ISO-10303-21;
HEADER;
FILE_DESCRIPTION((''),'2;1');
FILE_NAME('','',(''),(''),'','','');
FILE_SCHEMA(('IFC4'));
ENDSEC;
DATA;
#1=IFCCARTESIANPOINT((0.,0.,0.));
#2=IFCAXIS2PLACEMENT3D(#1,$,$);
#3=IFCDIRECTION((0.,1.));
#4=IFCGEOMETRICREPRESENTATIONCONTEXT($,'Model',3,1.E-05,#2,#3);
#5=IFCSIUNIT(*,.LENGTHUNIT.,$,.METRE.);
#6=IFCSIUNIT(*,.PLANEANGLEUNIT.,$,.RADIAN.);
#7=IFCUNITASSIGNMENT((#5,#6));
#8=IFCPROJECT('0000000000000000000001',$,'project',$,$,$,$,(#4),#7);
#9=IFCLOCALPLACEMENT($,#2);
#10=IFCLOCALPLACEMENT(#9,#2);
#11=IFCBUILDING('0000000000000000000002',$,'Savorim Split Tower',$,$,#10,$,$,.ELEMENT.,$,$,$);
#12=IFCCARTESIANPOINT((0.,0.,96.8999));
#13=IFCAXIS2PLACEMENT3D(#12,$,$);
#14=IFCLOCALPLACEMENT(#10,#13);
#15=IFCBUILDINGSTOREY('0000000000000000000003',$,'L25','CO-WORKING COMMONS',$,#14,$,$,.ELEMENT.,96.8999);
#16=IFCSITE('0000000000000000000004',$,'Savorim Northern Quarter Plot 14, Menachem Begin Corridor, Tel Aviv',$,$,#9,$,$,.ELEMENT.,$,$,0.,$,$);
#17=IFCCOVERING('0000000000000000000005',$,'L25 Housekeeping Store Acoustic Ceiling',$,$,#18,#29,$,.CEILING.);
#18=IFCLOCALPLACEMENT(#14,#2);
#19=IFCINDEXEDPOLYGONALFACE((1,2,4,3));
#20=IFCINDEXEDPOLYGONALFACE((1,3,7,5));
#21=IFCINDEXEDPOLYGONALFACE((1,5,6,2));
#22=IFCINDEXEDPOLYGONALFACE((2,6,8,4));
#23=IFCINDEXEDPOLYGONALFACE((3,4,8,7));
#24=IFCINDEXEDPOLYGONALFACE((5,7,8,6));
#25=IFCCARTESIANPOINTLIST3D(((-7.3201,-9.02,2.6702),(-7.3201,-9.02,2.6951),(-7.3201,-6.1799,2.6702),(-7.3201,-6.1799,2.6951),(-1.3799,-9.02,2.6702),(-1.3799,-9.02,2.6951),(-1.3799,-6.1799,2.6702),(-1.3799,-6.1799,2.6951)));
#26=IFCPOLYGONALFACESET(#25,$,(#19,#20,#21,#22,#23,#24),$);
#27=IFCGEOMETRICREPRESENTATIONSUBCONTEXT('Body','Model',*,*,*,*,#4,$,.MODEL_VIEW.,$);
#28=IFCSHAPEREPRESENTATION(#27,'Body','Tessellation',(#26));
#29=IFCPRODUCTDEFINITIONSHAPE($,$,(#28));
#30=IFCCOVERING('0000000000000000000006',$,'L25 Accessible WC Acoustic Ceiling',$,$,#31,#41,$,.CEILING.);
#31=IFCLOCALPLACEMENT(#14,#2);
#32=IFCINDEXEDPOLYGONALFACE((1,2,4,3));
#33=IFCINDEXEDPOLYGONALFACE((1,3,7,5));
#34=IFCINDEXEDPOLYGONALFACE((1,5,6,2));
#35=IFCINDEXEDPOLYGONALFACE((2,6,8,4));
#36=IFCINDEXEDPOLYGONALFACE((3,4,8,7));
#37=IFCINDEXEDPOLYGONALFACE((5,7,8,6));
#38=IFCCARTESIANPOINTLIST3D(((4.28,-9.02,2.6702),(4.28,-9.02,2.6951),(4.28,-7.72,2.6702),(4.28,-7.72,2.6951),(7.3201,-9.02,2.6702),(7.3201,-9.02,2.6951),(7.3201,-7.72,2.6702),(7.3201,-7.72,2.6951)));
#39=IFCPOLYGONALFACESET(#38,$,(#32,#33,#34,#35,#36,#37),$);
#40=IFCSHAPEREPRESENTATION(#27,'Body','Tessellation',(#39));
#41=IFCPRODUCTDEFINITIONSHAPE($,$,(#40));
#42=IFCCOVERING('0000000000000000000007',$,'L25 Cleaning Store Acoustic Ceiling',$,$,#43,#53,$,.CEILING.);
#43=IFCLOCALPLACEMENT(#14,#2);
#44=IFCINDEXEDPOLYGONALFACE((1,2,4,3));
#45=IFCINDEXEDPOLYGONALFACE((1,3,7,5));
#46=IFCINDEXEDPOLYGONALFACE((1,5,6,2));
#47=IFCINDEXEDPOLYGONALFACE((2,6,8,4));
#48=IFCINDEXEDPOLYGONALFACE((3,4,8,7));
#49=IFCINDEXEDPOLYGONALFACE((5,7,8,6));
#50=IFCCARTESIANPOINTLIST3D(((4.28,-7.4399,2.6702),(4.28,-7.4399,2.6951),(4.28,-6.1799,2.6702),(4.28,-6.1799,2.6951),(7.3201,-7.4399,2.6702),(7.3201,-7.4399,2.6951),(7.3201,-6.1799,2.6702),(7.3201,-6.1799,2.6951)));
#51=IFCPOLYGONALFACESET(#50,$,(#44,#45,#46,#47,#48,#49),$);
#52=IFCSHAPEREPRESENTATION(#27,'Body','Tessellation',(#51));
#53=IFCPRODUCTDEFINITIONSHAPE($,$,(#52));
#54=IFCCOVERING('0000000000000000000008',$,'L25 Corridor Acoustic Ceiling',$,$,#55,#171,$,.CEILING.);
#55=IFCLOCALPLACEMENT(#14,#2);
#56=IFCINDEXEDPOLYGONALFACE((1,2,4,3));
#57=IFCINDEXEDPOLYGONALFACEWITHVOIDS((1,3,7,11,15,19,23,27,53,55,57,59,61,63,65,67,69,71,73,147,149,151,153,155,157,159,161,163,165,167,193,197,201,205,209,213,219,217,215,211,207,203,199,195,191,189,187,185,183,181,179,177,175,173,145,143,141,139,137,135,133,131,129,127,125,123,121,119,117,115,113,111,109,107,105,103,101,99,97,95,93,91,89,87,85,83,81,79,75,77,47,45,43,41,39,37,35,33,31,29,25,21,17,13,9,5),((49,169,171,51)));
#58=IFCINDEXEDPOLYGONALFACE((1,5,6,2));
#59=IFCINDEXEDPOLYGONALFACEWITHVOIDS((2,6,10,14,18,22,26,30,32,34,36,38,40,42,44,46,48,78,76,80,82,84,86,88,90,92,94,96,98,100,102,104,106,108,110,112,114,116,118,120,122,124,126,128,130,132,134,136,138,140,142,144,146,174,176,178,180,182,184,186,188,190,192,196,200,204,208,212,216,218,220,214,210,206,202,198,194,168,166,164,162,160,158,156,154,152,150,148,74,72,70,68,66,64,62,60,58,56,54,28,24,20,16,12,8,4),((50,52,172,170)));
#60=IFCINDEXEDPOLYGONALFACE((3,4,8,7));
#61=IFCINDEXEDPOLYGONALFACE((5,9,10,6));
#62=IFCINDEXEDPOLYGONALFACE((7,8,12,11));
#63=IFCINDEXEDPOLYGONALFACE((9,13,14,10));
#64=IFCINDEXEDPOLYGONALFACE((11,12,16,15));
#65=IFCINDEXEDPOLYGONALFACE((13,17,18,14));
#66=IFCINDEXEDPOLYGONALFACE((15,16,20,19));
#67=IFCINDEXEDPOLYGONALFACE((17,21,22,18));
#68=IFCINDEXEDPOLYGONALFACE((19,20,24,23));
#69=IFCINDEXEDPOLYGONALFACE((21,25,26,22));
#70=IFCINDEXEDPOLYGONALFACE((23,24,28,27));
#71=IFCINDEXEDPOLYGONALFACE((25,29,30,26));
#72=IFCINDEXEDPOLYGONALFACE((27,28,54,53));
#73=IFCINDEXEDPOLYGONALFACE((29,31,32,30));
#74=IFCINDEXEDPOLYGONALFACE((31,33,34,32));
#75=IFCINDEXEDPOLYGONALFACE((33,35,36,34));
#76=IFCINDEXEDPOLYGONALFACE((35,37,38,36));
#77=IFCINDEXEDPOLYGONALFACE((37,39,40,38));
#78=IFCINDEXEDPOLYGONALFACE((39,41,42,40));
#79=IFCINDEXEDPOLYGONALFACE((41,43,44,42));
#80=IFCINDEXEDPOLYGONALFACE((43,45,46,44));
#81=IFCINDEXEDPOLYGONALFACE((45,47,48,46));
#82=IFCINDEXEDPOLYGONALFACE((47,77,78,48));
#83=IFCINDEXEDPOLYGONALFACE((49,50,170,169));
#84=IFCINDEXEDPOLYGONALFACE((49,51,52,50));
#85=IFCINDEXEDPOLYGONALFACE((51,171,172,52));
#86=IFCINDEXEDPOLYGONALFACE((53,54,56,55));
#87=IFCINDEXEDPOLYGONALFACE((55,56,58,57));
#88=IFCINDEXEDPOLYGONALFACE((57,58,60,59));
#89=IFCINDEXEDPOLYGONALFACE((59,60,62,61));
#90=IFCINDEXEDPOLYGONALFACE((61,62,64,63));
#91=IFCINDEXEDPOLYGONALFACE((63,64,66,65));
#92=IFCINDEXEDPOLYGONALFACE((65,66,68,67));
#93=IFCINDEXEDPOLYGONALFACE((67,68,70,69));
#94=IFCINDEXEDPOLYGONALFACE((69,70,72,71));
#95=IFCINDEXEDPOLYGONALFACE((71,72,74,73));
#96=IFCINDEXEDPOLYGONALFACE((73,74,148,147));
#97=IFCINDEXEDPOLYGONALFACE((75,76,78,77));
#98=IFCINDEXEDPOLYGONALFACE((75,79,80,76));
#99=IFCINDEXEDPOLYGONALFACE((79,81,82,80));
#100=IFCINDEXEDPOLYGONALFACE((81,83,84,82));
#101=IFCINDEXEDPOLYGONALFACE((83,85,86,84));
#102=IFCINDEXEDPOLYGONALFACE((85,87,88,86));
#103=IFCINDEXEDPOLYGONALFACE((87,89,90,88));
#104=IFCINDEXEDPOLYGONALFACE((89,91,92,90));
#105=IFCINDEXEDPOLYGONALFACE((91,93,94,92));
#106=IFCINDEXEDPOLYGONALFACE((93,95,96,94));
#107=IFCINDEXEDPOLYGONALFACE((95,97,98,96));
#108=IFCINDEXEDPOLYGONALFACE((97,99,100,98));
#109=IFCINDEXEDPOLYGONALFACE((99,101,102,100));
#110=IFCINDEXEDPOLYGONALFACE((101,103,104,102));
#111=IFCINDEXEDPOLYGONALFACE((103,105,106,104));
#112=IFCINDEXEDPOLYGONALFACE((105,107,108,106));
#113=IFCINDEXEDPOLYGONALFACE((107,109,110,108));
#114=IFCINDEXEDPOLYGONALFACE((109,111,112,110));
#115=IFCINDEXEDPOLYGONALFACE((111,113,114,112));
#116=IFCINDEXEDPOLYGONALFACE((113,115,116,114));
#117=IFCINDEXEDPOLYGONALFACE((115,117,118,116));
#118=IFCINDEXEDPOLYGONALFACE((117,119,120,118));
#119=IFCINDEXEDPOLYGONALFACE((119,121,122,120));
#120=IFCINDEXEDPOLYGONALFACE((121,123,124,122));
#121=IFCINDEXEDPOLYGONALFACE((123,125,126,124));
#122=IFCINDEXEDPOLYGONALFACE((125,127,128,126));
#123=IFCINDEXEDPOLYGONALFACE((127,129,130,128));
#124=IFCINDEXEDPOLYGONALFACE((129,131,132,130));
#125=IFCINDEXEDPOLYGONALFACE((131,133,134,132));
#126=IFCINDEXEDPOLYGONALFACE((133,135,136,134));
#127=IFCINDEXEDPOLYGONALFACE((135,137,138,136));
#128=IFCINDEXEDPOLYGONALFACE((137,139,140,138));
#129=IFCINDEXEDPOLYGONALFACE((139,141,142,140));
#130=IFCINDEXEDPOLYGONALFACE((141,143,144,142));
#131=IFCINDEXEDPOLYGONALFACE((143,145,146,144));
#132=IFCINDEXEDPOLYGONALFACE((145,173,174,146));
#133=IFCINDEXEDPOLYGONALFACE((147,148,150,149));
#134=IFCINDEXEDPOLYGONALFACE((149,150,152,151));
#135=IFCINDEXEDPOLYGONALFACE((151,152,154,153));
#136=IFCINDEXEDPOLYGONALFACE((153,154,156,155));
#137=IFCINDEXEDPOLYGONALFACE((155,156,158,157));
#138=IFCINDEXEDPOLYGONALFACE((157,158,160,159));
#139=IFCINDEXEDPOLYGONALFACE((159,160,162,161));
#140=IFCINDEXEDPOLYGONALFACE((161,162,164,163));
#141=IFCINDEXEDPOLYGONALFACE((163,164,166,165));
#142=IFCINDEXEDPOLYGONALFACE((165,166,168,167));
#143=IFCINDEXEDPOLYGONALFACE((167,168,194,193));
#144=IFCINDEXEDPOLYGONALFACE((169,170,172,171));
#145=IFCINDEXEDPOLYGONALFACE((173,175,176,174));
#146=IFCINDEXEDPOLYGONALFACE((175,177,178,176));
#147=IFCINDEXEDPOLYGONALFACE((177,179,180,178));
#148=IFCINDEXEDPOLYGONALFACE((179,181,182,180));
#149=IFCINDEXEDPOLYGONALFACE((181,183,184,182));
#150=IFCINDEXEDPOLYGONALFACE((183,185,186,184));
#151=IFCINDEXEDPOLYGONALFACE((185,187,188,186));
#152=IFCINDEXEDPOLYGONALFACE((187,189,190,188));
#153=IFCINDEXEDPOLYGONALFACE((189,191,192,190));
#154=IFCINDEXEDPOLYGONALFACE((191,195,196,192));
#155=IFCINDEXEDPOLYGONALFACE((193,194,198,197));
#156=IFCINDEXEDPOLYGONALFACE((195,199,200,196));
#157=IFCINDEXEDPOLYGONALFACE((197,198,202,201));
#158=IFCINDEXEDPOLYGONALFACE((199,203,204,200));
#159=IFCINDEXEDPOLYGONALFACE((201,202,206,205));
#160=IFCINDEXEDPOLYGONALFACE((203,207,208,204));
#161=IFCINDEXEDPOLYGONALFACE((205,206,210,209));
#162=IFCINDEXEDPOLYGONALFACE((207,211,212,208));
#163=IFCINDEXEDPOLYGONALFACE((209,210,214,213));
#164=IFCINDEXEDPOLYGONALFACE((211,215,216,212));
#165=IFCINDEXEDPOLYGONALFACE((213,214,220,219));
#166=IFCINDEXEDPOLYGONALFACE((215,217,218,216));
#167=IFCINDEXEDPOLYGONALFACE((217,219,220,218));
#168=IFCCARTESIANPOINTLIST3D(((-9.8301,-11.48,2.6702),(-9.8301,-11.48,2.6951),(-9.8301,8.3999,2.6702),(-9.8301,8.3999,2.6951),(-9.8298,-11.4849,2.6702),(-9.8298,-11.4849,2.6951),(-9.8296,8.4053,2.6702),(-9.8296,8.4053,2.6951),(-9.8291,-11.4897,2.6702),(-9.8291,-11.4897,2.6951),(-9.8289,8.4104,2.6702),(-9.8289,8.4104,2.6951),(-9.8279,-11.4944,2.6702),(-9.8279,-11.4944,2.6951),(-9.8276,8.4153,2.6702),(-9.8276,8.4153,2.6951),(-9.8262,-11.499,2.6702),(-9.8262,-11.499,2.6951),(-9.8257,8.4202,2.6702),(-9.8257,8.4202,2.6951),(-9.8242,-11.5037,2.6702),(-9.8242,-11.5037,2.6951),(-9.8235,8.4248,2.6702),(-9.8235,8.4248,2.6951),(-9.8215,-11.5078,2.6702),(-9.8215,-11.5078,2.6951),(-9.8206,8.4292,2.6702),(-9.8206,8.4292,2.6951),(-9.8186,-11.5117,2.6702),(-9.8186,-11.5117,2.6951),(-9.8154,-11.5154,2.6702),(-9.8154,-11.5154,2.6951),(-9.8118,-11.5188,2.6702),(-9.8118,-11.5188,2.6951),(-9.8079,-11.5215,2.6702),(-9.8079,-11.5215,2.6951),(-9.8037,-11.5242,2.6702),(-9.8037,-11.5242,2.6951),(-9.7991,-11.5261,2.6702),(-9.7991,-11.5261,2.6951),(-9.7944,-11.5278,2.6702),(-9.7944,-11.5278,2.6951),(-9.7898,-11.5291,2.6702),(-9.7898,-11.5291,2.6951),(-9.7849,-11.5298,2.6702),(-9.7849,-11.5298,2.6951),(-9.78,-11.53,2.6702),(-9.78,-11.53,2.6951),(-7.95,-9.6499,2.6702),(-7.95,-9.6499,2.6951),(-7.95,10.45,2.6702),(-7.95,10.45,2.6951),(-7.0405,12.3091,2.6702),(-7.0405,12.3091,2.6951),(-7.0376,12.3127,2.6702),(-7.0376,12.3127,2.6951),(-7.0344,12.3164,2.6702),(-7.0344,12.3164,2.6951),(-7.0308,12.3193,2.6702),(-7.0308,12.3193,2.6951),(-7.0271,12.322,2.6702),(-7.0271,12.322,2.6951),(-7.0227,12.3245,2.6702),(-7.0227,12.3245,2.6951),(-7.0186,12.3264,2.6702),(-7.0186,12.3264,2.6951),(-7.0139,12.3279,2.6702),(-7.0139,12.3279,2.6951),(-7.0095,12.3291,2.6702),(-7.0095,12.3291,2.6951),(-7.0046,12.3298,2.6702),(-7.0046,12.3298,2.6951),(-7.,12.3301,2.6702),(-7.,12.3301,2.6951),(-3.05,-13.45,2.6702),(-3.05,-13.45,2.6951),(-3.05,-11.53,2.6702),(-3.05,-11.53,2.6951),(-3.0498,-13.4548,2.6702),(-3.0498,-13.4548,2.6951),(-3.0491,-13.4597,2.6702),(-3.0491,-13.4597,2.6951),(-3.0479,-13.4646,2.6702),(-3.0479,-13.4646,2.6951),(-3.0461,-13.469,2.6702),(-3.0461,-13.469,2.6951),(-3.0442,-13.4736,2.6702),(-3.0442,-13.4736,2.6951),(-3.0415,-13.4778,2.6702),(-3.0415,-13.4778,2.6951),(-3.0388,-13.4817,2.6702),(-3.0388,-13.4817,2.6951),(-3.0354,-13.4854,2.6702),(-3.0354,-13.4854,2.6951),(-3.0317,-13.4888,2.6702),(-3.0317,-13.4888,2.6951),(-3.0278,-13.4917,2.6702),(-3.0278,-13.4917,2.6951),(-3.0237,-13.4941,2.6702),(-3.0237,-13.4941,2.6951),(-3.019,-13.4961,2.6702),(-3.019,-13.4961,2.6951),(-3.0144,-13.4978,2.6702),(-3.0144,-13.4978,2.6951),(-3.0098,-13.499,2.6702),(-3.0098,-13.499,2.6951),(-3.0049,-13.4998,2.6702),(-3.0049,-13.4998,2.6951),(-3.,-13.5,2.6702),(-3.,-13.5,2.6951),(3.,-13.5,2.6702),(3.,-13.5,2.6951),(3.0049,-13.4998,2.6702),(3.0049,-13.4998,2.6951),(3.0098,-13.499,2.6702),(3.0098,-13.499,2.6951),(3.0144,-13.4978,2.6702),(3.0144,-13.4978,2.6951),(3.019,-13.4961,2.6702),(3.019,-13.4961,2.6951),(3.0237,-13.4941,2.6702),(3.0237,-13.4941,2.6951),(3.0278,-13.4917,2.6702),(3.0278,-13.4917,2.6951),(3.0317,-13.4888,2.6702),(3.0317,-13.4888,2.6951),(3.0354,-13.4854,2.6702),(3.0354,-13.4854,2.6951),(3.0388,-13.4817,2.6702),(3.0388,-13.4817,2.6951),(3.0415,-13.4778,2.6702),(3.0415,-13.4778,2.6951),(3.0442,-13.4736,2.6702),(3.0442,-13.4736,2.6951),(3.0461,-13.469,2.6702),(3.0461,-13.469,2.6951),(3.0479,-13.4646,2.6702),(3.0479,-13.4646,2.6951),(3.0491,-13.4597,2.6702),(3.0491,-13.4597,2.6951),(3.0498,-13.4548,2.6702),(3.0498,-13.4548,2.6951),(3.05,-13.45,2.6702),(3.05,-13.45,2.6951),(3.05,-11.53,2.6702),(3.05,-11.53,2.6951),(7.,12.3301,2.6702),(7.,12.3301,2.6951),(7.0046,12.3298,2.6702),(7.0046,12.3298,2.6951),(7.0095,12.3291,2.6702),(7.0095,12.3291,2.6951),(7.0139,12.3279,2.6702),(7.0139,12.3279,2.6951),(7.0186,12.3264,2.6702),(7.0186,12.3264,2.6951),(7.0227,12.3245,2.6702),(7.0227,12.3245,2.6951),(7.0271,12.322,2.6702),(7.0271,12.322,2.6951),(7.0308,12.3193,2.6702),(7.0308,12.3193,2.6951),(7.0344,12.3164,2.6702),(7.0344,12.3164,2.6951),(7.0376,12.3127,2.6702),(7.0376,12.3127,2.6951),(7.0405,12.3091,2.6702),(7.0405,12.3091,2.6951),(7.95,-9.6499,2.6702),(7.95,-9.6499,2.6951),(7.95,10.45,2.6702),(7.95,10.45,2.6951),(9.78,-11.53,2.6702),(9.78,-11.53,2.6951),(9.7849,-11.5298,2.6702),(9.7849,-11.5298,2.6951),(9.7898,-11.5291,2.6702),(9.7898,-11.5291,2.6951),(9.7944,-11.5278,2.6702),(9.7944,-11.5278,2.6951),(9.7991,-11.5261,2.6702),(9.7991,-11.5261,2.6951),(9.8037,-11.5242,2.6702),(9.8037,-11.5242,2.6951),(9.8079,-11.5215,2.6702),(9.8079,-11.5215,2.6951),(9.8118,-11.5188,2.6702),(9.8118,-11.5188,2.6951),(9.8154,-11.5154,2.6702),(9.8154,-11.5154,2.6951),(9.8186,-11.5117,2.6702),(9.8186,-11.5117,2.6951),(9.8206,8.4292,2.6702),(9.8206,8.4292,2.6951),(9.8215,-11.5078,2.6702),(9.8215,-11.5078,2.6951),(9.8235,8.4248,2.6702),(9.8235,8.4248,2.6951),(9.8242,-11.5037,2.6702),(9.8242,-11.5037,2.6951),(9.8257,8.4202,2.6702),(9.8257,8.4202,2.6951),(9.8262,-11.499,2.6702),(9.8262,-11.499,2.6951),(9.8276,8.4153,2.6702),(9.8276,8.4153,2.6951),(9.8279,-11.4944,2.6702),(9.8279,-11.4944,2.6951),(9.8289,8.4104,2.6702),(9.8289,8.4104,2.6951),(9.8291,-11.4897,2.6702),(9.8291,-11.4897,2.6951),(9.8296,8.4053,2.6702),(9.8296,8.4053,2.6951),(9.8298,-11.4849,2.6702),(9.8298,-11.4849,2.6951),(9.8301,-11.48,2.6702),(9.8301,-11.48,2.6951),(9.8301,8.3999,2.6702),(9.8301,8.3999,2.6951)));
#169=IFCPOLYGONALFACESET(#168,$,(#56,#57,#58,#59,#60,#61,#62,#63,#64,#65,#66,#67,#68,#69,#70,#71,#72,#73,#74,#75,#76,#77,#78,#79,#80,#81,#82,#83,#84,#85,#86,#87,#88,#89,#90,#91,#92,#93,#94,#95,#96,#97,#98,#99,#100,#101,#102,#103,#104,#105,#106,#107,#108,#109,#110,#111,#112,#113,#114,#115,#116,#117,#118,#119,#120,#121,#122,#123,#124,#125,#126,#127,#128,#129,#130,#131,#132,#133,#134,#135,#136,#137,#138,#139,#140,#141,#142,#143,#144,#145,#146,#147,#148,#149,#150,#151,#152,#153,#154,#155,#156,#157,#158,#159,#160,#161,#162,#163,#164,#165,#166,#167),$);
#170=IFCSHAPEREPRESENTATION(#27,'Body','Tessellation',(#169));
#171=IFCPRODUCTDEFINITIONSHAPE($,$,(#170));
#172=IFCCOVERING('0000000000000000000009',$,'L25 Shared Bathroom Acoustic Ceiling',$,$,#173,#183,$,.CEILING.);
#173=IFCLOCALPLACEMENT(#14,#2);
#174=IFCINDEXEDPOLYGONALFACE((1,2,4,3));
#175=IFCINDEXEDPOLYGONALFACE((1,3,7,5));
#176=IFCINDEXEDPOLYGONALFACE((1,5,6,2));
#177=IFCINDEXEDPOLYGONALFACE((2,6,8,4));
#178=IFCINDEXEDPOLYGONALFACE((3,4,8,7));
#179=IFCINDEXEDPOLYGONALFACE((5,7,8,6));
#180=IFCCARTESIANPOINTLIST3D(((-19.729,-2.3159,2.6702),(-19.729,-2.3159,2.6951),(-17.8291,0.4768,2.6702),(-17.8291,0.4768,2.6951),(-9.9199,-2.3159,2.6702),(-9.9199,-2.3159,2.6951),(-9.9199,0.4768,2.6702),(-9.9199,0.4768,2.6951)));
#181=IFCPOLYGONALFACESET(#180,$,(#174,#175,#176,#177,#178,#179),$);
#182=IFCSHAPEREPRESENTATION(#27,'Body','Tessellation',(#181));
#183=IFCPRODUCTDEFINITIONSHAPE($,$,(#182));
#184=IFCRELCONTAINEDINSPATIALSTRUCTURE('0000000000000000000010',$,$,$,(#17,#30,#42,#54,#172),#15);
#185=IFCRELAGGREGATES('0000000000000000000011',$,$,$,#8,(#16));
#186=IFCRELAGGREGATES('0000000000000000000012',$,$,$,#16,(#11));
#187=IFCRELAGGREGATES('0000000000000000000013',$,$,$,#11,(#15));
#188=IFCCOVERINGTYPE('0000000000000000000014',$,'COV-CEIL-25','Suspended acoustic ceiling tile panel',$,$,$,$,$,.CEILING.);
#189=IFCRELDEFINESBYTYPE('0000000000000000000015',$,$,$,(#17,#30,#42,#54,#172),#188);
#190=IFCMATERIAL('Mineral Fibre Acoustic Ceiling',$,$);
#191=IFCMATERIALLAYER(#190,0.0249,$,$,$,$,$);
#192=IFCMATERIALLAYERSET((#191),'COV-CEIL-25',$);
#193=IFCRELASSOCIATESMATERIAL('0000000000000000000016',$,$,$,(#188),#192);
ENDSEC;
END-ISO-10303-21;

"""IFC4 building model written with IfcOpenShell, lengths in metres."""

from ifc_helpers import new_model, si_unit, direction, frame, origin, place, context, subcontext, project, spatial, polyline, outline, extrude, material, layer, layer_set, type_object, element, save


model = new_model("IFC4")

# Units and contexts
model_context = context("Model", 3, precision=1e-05, world=origin(), true_north=direction((0.0, 1.0)))
body_context = subcontext(model_context, "Body", "Model", "MODEL_VIEW")
ifc_project = project(units=[si_unit("LENGTHUNIT", "METRE"), si_unit("PLANEANGLEUNIT", "RADIAN")], contexts=[model_context])

# Site, building, storey
site_placement = place(None, origin())
site = spatial("IfcSite", under=ifc_project, at=site_placement, Name="Savorim Northern Quarter Plot 14, Menachem Begin Corridor, Tel Aviv", CompositionType="ELEMENT", RefElevation=0.0)
building_placement = place(site_placement, origin())
building = spatial("IfcBuilding", under=site, at=building_placement, Name="Savorim Split Tower", CompositionType="ELEMENT")
storey_placement = place(building_placement, frame((0.0, 0.0, 96.8999)))
storey = spatial("IfcBuildingStorey", under=building, at=storey_placement, Name="L25", Description="CO-WORKING COMMONS", CompositionType="ELEMENT", Elevation=96.8999)

# Coverings
ifc_material_1 = material(Name="Mineral Fibre Acoustic Ceiling")
ifc_layer_1 = layer(ifc_material_1, 0.0249)
ifc_layer_set_1 = layer_set([ifc_layer_1], Name="COV-CEIL-25")
covering_type_1 = type_object("IfcCoveringType", Name="COV-CEIL-25", Description="Suspended acoustic ceiling tile panel", PredefinedType="CEILING", material=ifc_layer_set_1)
covering_1_placement = place(storey_placement, frame((0.0, 0.0, 2.6702)))
element("IfcCovering", 1, at=covering_1_placement, inside=storey, type_object=covering_type_1, Name="L25 Housekeeping Store Acoustic Ceiling", PredefinedType="CEILING", context=body_context, shape_type="SweptSolid", body=[
    extrude(outline(polyline([(-7.3201, -6.1799), (-7.3201, -9.02), (-1.3799, -9.02), (-1.3799, -6.1799), (-7.3201, -6.1799)])), origin(), (0.0, 0.0, 1.0), 0.0249),
])
covering_2_placement = place(storey_placement, frame((0.0, 0.0, 2.6702)))
element("IfcCovering", 2, at=covering_2_placement, inside=storey, type_object=covering_type_1, Name="L25 Accessible WC Acoustic Ceiling", PredefinedType="CEILING", context=body_context, shape_type="SweptSolid", body=[
    extrude(outline(polyline([(4.28, -7.72), (4.28, -9.02), (7.3201, -9.02), (7.3201, -7.72), (4.28, -7.72)])), origin(), (0.0, 0.0, 1.0), 0.0249),
])
covering_3_placement = place(storey_placement, frame((0.0, 0.0, 2.6702)))
element("IfcCovering", 3, at=covering_3_placement, inside=storey, type_object=covering_type_1, Name="L25 Cleaning Store Acoustic Ceiling", PredefinedType="CEILING", context=body_context, shape_type="SweptSolid", body=[
    extrude(outline(polyline([(4.28, -6.1799), (4.28, -7.4399), (7.3201, -7.4399), (7.3201, -6.1799), (4.28, -6.1799)])), origin(), (0.0, 0.0, 1.0), 0.0249),
])
covering_4_placement = place(storey_placement, frame((0.0, 0.0, 2.6702)))
element("IfcCovering", 4, at=covering_4_placement, inside=storey, type_object=covering_type_1, Name="L25 Corridor Acoustic Ceiling", PredefinedType="CEILING", context=body_context, shape_type="SweptSolid", body=[
    extrude(outline(polyline([(7.0095, 12.3291), (7.0046, 12.3298), (7.0, 12.3301), (-7.0, 12.3301), (-7.0046, 12.3298), (-7.0095, 12.3291), (-7.0139, 12.3279), (-7.0186, 12.3264), (-7.0227, 12.3245), (-7.0271, 12.322), (-7.0308, 12.3193), (-7.0344, 12.3164), (-7.0376, 12.3127), (-7.0405, 12.3091), (-9.8206, 8.4292), (-9.8235, 8.4248), (-9.8257, 8.4202), (-9.8276, 8.4153), (-9.8289, 8.4104), (-9.8296, 8.4053), (-9.8301, 8.3999), (-9.8301, -11.48), (-9.8298, -11.4849), (-9.8291, -11.4897), (-9.8279, -11.4944), (-9.8262, -11.499), (-9.8242, -11.5037), (-9.8215, -11.5078), (-9.8186, -11.5117), (-9.8154, -11.5154), (-9.8118, -11.5188), (-9.8079, -11.5215), (-9.8037, -11.5242), (-9.7991, -11.5261), (-9.7944, -11.5278), (-9.7898, -11.5291), (-9.7849, -11.5298), (-9.78, -11.53), (-3.05, -11.53), (-3.05, -13.45), (-3.0498, -13.4548), (-3.0491, -13.4597), (-3.0479, -13.4646), (-3.0461, -13.469), (-3.0442, -13.4736), (-3.0415, -13.4778), (-3.0388, -13.4817), (-3.0354, -13.4854), (-3.0317, -13.4888), (-3.0278, -13.4917), (-3.0237, -13.4941), (-3.019, -13.4961), (-3.0144, -13.4978), (-3.0098, -13.499), (-3.0049, -13.4998), (-3.0, -13.5), (3.0, -13.5), (3.0049, -13.4998), (3.0098, -13.499), (3.0144, -13.4978), (3.019, -13.4961), (3.0237, -13.4941), (3.0278, -13.4917), (3.0317, -13.4888), (3.0354, -13.4854), (3.0388, -13.4817), (3.0415, -13.4778), (3.0442, -13.4736), (3.0461, -13.469), (3.0479, -13.4646), (3.0491, -13.4597), (3.0498, -13.4548), (3.05, -13.45), (3.05, -11.53), (9.78, -11.53), (9.7849, -11.5298), (9.7898, -11.5291), (9.7944, -11.5278), (9.7991, -11.5261), (9.8037, -11.5242), (9.8079, -11.5215), (9.8118, -11.5188), (9.8154, -11.5154), (9.8186, -11.5117), (9.8215, -11.5078), (9.8242, -11.5037), (9.8262, -11.499), (9.8279, -11.4944), (9.8291, -11.4897), (9.8298, -11.4849), (9.8301, -11.48), (9.8301, 8.3999), (9.8296, 8.4053), (9.8289, 8.4104), (9.8276, 8.4153), (9.8257, 8.4202), (9.8235, 8.4248), (9.8206, 8.4292), (7.0405, 12.3091), (7.0376, 12.3127), (7.0344, 12.3164), (7.0308, 12.3193), (7.0271, 12.322), (7.0227, 12.3245), (7.0186, 12.3264), (7.0139, 12.3279), (7.0095, 12.3291)]), holes=[polyline([(-7.95, 10.45), (-7.95, -9.6499), (7.95, -9.6499), (7.95, 10.45), (-7.95, 10.45)])]), origin(), (0.0, 0.0, 1.0), 0.0249),
])
covering_5_placement = place(storey_placement, frame((0.0, 0.0, 2.6702)))
element("IfcCovering", 5, at=covering_5_placement, inside=storey, type_object=covering_type_1, Name="L25 Shared Bathroom Acoustic Ceiling", PredefinedType="CEILING", context=body_context, shape_type="SweptSolid", body=[
    extrude(outline(polyline([(-17.8291, 0.4768), (-19.729, -2.3159), (-9.9199, -2.3159), (-9.9199, 0.4768), (-17.8291, 0.4768)])), origin(), (0.0, 0.0, 1.0), 0.0249),
])

save(model, "model.ifc")
